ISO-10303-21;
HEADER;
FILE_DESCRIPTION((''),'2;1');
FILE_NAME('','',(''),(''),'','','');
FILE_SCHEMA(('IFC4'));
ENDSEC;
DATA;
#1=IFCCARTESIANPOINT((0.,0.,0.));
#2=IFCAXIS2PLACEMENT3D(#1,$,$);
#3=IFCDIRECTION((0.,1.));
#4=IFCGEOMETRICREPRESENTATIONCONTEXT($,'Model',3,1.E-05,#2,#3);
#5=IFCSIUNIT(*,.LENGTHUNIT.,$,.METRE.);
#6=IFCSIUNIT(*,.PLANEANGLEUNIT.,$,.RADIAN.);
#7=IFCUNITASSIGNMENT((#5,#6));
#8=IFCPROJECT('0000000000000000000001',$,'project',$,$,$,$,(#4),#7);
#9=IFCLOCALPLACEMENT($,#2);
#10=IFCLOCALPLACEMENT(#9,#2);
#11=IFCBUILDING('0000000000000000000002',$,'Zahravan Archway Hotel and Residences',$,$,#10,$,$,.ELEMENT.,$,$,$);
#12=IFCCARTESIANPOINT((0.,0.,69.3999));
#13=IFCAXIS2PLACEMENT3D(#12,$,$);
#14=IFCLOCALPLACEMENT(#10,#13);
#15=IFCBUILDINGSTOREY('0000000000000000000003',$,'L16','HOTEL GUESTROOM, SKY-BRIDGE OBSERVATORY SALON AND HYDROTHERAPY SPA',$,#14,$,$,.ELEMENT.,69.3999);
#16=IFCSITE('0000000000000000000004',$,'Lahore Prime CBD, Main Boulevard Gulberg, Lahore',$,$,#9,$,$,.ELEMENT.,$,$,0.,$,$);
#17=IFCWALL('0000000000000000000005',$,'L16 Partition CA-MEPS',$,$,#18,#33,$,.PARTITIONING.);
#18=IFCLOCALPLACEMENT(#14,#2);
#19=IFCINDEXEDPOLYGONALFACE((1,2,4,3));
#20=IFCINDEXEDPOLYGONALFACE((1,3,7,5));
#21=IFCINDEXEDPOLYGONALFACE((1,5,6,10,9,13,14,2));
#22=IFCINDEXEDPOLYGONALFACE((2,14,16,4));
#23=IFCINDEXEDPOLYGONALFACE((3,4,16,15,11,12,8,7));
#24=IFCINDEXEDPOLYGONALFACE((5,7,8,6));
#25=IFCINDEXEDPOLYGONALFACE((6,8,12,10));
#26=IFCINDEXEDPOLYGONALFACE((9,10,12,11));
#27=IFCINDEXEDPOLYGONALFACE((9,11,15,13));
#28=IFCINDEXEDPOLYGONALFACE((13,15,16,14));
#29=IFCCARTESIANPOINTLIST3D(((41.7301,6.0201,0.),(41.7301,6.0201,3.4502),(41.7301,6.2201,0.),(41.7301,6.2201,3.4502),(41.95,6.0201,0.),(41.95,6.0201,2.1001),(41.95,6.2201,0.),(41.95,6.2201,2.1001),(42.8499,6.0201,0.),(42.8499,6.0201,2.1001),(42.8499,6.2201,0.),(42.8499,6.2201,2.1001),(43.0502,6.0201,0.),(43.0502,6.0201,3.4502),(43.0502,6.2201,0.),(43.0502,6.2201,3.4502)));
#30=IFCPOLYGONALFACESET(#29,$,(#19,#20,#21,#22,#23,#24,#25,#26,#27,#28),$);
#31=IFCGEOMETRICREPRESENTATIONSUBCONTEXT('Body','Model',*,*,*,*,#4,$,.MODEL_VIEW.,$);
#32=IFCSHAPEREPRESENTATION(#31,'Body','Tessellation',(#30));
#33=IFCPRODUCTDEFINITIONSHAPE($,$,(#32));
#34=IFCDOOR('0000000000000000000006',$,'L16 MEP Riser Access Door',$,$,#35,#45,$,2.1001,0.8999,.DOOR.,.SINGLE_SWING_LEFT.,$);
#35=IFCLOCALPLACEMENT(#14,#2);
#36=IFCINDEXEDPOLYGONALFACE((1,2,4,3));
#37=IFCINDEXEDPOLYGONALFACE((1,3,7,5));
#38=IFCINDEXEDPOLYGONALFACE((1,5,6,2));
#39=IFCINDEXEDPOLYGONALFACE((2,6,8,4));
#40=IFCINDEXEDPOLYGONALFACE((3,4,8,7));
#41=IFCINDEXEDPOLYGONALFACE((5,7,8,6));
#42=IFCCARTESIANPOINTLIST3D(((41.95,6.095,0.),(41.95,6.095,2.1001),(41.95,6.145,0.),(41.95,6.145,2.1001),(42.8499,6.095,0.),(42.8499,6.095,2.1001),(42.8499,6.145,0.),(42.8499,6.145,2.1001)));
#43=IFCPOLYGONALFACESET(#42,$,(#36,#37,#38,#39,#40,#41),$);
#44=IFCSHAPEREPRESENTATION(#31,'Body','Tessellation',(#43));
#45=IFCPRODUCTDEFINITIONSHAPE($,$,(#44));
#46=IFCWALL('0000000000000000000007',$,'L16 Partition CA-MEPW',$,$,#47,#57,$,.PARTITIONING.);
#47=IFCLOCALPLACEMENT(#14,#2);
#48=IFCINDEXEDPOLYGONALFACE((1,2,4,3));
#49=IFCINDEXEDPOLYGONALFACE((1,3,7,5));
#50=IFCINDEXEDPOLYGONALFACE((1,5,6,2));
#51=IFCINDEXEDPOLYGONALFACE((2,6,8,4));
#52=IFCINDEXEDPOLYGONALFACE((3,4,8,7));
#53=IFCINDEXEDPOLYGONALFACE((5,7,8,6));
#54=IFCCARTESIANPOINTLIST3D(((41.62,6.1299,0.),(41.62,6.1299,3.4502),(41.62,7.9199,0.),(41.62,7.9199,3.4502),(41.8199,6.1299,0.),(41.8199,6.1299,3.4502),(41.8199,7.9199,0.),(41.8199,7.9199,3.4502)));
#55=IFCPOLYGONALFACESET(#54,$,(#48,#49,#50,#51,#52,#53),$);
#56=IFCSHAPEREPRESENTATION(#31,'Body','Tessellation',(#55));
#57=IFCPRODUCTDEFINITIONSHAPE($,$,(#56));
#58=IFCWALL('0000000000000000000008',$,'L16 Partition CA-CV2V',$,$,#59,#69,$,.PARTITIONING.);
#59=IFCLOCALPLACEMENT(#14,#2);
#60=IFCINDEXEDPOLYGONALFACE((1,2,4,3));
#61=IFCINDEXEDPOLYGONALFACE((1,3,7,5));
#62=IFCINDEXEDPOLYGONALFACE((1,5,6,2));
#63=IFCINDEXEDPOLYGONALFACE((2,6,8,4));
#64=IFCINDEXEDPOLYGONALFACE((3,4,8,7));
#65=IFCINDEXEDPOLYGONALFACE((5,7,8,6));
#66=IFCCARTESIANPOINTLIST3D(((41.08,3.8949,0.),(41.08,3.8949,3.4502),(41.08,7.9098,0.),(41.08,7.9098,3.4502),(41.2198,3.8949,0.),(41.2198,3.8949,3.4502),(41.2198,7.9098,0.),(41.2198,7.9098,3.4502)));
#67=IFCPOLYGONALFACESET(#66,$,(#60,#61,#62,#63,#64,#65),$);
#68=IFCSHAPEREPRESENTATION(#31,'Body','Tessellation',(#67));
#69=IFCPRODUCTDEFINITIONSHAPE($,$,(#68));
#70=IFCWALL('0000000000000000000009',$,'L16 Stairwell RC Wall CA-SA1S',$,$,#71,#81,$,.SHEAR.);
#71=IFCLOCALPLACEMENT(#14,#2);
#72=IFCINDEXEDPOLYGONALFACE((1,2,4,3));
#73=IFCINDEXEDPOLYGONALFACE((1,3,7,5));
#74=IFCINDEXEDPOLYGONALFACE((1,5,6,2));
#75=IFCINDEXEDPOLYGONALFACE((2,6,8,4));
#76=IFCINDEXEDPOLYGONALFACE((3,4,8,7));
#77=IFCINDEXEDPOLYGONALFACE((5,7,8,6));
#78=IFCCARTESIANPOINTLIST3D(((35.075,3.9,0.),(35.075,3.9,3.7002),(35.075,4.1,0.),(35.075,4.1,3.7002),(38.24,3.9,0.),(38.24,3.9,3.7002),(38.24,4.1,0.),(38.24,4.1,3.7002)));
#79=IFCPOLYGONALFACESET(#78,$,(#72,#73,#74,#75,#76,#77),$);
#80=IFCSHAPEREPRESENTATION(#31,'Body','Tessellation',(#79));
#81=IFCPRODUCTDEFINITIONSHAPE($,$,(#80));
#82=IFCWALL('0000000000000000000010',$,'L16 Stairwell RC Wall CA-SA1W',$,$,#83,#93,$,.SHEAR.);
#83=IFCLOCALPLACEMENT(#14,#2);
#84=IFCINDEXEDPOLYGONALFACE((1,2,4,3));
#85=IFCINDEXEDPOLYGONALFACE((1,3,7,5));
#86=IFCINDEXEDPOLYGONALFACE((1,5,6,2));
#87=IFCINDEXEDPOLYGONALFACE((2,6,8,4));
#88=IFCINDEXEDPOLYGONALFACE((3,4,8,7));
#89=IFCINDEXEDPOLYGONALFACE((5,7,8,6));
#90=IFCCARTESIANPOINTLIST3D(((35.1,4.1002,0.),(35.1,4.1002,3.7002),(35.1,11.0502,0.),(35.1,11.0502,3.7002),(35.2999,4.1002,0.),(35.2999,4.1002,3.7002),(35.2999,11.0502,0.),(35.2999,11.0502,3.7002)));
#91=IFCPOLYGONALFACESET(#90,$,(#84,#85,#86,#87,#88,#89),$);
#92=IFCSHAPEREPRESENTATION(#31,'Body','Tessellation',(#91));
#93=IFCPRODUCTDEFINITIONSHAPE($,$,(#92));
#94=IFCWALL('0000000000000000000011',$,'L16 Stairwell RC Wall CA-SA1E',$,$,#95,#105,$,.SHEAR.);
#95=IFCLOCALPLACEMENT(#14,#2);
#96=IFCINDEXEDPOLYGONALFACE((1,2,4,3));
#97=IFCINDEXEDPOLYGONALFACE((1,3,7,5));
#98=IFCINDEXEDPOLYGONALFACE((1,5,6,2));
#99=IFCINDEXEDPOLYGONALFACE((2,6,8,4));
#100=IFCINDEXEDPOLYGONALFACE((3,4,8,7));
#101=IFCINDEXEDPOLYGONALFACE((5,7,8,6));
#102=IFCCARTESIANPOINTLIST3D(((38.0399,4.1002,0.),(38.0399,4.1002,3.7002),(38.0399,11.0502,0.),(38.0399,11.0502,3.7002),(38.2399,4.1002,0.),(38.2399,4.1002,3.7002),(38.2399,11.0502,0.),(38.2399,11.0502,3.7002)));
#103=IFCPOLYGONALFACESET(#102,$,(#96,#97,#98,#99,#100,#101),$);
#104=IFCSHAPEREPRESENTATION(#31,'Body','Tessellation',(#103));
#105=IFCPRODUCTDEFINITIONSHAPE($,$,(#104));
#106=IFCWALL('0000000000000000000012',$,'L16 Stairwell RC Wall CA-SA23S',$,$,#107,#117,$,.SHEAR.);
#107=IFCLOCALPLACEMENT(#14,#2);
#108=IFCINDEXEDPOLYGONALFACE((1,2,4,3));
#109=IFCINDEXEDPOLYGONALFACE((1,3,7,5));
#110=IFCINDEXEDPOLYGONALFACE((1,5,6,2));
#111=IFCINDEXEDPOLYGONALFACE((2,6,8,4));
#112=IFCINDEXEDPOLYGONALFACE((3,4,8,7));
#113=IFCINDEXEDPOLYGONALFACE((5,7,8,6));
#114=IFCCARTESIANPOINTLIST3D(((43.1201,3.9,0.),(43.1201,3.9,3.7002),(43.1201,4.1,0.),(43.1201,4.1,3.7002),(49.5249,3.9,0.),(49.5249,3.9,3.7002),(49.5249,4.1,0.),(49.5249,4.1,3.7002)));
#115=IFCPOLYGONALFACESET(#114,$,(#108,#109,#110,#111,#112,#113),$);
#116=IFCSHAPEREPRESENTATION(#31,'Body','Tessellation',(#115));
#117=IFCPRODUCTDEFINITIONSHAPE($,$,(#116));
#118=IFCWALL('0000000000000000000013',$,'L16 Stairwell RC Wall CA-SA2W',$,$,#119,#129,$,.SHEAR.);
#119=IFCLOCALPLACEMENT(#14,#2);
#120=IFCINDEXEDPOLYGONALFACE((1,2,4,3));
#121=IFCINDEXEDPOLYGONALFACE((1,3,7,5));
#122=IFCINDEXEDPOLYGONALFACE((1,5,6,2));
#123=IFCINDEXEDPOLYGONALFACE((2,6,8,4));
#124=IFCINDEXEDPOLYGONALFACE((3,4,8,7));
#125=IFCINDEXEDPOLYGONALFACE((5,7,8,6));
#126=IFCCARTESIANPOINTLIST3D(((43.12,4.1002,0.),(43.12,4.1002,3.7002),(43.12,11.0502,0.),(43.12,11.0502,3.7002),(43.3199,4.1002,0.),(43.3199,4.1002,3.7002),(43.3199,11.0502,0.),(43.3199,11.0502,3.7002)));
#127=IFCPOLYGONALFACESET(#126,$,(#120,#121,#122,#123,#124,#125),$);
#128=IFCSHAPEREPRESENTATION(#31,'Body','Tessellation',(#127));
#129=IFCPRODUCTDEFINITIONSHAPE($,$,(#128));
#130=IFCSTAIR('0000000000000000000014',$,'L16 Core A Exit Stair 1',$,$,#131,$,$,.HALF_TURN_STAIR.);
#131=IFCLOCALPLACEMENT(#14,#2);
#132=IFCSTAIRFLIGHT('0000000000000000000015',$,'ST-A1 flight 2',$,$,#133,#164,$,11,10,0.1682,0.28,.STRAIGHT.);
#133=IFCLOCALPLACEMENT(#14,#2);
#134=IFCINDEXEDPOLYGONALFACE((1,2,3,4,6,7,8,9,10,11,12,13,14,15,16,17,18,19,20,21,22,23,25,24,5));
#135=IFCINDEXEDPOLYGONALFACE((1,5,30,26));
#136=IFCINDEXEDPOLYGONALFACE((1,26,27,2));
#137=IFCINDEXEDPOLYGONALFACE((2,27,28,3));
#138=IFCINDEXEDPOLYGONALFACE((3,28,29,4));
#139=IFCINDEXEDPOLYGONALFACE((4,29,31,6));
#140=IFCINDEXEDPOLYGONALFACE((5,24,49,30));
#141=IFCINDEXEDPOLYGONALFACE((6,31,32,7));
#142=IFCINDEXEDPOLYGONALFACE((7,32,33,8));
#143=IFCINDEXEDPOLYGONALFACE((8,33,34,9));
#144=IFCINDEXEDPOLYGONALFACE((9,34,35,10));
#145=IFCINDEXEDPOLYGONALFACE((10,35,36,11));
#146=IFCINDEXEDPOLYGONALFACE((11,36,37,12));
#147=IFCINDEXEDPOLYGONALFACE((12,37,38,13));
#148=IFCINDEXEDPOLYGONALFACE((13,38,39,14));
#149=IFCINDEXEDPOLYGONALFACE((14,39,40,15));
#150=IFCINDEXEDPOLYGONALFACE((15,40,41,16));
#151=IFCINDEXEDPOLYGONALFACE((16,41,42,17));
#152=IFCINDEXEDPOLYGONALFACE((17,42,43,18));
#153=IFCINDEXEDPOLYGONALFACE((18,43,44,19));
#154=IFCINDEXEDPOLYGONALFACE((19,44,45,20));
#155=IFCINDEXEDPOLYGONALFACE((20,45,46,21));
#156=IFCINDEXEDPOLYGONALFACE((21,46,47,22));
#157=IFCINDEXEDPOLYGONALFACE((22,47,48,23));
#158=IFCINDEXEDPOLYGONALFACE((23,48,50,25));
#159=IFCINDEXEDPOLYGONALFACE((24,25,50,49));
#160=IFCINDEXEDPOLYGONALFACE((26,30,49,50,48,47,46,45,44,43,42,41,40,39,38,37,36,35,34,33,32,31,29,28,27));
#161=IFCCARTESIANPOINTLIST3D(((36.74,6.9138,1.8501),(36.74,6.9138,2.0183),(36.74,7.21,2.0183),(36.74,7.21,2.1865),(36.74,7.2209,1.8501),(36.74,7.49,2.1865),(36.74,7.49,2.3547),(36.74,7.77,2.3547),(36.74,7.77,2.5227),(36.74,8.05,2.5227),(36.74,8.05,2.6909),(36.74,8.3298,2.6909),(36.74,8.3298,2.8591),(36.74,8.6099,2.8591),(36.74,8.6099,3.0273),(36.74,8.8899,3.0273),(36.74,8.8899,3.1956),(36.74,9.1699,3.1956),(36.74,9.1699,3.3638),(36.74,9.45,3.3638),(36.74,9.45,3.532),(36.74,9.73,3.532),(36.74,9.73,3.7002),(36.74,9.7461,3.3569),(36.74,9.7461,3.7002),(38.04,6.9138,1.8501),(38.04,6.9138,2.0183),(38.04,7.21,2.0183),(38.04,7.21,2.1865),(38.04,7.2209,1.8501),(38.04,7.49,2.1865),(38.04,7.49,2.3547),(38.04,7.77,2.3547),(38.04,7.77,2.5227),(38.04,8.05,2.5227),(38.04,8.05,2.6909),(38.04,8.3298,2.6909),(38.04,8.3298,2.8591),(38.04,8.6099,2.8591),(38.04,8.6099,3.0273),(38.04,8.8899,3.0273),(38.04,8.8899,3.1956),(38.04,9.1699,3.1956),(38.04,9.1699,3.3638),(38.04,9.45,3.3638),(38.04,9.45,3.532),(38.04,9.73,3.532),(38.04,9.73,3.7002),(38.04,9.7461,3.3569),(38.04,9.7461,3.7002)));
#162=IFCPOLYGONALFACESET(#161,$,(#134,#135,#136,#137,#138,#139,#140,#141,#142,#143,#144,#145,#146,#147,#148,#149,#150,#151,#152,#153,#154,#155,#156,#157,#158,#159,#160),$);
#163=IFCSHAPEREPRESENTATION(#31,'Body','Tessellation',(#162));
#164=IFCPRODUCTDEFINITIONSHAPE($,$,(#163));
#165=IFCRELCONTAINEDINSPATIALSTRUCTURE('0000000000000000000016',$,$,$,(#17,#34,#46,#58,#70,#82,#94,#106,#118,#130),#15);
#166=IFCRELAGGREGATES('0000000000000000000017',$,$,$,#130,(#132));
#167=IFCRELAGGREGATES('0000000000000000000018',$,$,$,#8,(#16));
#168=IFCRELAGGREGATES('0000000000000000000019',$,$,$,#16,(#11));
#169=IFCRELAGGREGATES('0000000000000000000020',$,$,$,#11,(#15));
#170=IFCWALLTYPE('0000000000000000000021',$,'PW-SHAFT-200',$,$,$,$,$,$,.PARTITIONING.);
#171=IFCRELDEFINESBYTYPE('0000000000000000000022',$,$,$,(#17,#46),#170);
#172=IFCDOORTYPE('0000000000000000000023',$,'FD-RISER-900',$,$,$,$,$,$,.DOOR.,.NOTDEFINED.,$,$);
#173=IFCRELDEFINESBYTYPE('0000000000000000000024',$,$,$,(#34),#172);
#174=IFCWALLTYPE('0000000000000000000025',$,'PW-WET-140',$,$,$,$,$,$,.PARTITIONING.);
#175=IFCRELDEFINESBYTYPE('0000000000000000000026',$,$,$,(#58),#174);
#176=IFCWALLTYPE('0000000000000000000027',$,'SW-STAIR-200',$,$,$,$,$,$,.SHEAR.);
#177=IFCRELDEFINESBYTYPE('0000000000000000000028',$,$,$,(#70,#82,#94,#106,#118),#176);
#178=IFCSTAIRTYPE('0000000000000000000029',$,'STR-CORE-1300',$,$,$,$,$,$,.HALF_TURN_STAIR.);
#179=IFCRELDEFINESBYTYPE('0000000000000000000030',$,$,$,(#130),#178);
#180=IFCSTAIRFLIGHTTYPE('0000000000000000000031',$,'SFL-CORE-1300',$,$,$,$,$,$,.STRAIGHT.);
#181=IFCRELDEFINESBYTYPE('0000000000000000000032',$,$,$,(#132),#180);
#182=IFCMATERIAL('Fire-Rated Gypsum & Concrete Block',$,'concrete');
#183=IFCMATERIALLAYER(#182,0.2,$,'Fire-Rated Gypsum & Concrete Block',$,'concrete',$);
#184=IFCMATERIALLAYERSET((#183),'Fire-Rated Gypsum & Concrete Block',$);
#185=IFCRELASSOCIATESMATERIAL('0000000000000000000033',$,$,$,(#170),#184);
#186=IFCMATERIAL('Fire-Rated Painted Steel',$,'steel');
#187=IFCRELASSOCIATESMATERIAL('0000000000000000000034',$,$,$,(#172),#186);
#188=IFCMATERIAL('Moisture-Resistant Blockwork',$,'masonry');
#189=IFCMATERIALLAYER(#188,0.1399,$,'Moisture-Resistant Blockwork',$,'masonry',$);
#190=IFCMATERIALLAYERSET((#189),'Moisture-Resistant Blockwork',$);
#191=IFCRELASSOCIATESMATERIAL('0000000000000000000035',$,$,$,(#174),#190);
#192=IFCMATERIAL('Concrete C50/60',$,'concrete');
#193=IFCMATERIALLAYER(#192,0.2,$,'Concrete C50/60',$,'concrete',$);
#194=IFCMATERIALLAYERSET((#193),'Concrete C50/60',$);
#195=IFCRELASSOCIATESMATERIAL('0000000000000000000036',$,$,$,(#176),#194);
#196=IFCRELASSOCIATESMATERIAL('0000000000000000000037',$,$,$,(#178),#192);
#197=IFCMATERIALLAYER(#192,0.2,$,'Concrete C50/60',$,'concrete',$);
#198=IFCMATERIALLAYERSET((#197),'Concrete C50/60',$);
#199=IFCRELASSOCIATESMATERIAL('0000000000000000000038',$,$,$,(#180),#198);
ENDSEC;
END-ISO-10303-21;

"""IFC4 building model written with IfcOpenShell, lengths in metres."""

from ifc_helpers import new_model, si_unit, direction, frame, frame_2d, origin, place, context, subcontext, project, spatial, polyline, rectangle, outline, extrude, source, transform, mapped, material, layer, layer_set, type_object, type_shapes, element, fill, aggregate, save


model = new_model("IFC4")

# Units and contexts
model_context = context("Model", 3, precision=1e-05, world=origin(), true_north=direction((0.0, 1.0)))
body_context = subcontext(model_context, "Body", "Model", "MODEL_VIEW")
ifc_project = project(units=[si_unit("LENGTHUNIT", "METRE"), si_unit("PLANEANGLEUNIT", "RADIAN")], contexts=[model_context])

# Site, building, storey
site_placement = place(None, origin())
site = spatial("IfcSite", under=ifc_project, at=site_placement, Name="Lahore Prime CBD, Main Boulevard Gulberg, Lahore", CompositionType="ELEMENT", RefElevation=0.0)
building_placement = place(site_placement, origin())
building = spatial("IfcBuilding", under=site, at=building_placement, Name="Zahravan Archway Hotel and Residences", CompositionType="ELEMENT")
storey_placement = place(building_placement, frame((0.0, 0.0, 69.3999)))
storey = spatial("IfcBuildingStorey", under=building, at=storey_placement, Name="L16", Description="HOTEL GUESTROOM, SKY-BRIDGE OBSERVATORY SALON AND HYDROTHERAPY SPA", CompositionType="ELEMENT", Elevation=69.3999)

# Shared definitions
ifc_material_1 = material(Name="Fire-Rated Gypsum & Concrete Block", Category="concrete")
ifc_layer_1 = layer(ifc_material_1, 0.2, Name="Fire-Rated Gypsum & Concrete Block", Category="concrete")
ifc_layer_set_1 = layer_set([ifc_layer_1], Name="Fire-Rated Gypsum & Concrete Block")
wall_type_1 = type_object("IfcWallType", Name="PW-SHAFT-200", PredefinedType="PARTITIONING", material=ifc_layer_set_1)

# Shared definitions
ifc_material_2 = material(Name="Fire-Rated Painted Steel", Category="steel")
door_type = type_object("IfcDoorType", Name="FD-RISER-900", OperationType="NOTDEFINED", PredefinedType="DOOR", material=ifc_material_2)
shared_shape_1 = source(origin(), body_context, "Body", "SweptSolid", [
    extrude(rectangle(XDim=0.8999, YDim=2.1001, at=frame_2d((0.45, 1.05))), frame((0.0, 0.0249, 0.0), z_axis=(0.0, -1.0, 0.0), x_axis=(1.0, 0.0, 0.0)), (0.0, 0.0, 1.0), 0.05),
])
type_shapes(door_type, [shared_shape_1])

# Wall, opening, door
wall_1_placement = place(storey_placement, frame((41.73, 6.1201, 0.0), z_axis=(0.0, 0.0, 1.0), x_axis=(1.0, 0.0, 0.0)))
wall_1 = element("IfcWall", 1, at=wall_1_placement, inside=storey, type_object=wall_type_1, Name="L16 Partition CA-MEPS", PredefinedType="PARTITIONING", context=body_context, shape_type="SweptSolid", body=[
    extrude(rectangle(XDim=1.3201, YDim=0.2, at=frame_2d((0.6602, 0.0))), origin(), (0.0, 0.0, 1.0), 3.4502),
])
opening_1_placement = place(wall_1_placement, frame((0.22, 0.0, 0.0)))
opening_1 = element("IfcOpeningElement", 2, at=opening_1_placement, cuts=wall_1, PredefinedType="OPENING", context=body_context, shape_type="SweptSolid", body=[
    extrude(rectangle(XDim=0.8999, YDim=2.1001, at=frame_2d((0.45, 1.05))), frame((0.0, 0.1099, 0.0), z_axis=(0.0, -1.0, 0.0), x_axis=(1.0, 0.0, 0.0)), (0.0, 0.0, 1.0), 0.22),
])
door_1_placement = place(opening_1_placement, origin())
door_1 = element("IfcDoor", 3, at=door_1_placement, inside=storey, type_object=door_type, Name="L16 MEP Riser Access Door", OperationType="SINGLE_SWING_LEFT", OverallHeight=2.1001, OverallWidth=0.8999, PredefinedType="DOOR", context=body_context, shape_type="MappedRepresentation", body=[
    mapped(shared_shape_1, transform((0.0, 0.0, 0.0), scale=1.0)),
])
fill(opening_1, door_1)

# Walls
wall_2_placement = place(storey_placement, frame((41.72, 6.1299, 0.0), z_axis=(0.0, 0.0, 1.0), x_axis=(0.0, 1.0, 0.0)))
element("IfcWall", 4, at=wall_2_placement, inside=storey, type_object=wall_type_1, Name="L16 Partition CA-MEPW", PredefinedType="PARTITIONING", context=body_context, shape_type="SweptSolid", body=[
    extrude(rectangle(XDim=1.79, YDim=0.2, at=frame_2d((0.895, 0.0))), origin(), (0.0, 0.0, 1.0), 3.4502),
])
ifc_material_3 = material(Name="Moisture-Resistant Blockwork", Category="masonry")
ifc_layer_2 = layer(ifc_material_3, 0.1399, Name="Moisture-Resistant Blockwork", Category="masonry")
ifc_layer_set_2 = layer_set([ifc_layer_2], Name="Moisture-Resistant Blockwork")
wall_type_2 = type_object("IfcWallType", Name="PW-WET-140", PredefinedType="PARTITIONING", material=ifc_layer_set_2)
wall_3_placement = place(storey_placement, frame((41.1499, 3.895, 0.0), z_axis=(0.0, 0.0, 1.0), x_axis=(0.0, 1.0, 0.0)))
element("IfcWall", 5, at=wall_3_placement, inside=storey, type_object=wall_type_2, Name="L16 Partition CA-CV2V", PredefinedType="PARTITIONING", context=body_context, shape_type="SweptSolid", body=[
    extrude(rectangle(XDim=4.0149, YDim=0.1399, at=frame_2d((2.0073, 0.0))), origin(), (0.0, 0.0, 1.0), 3.4502),
])
ifc_material_4 = material(Name="Concrete C50/60", Category="concrete")
ifc_layer_3 = layer(ifc_material_4, 0.2, Name="Concrete C50/60", Category="concrete")
ifc_layer_set_3 = layer_set([ifc_layer_3], Name="Concrete C50/60")
wall_type_3 = type_object("IfcWallType", Name="SW-STAIR-200", PredefinedType="SHEAR", material=ifc_layer_set_3)
wall_4_placement = place(storey_placement, frame((35.075, 4.0, 0.0), z_axis=(0.0, 0.0, 1.0), x_axis=(1.0, 0.0, 0.0)))
element("IfcWall", 6, at=wall_4_placement, inside=storey, type_object=wall_type_3, Name="L16 Stairwell RC Wall CA-SA1S", PredefinedType="SHEAR", context=body_context, shape_type="SweptSolid", body=[
    extrude(rectangle(XDim=3.165, YDim=0.2, at=frame_2d((1.5825, 0.0))), origin(), (0.0, 0.0, 1.0), 3.7002),
])
for number, where, z_axis, x_axis, name in (
    (7, (35.2, 4.1001, 0.0), (0.0, 0.0, 1.0), (0.0, 1.0, 0.0), "L16 Stairwell RC Wall CA-SA1W"),
    (8, (38.1399, 4.1001, 0.0), (0.0, 0.0, 1.0), (0.0, 1.0, 0.0), "L16 Stairwell RC Wall CA-SA1E"),
):
    element("IfcWall", number, at=place(storey_placement, frame(where, z_axis=z_axis, x_axis=x_axis)), inside=storey, type_object=wall_type_3, Name=name, PredefinedType="SHEAR", context=body_context, shape_type="SweptSolid", body=[
        extrude(rectangle(XDim=6.95, YDim=0.2, at=frame_2d((3.4751, 0.0))), origin(), (0.0, 0.0, 1.0), 3.7002),
    ])
wall_5_placement = place(storey_placement, frame((43.1201, 4.0, 0.0), z_axis=(0.0, 0.0, 1.0), x_axis=(1.0, 0.0, 0.0)))
element("IfcWall", 9, at=wall_5_placement, inside=storey, type_object=wall_type_3, Name="L16 Stairwell RC Wall CA-SA23S", PredefinedType="SHEAR", context=body_context, shape_type="SweptSolid", body=[
    extrude(rectangle(XDim=6.4048, YDim=0.2, at=frame_2d((3.2024, 0.0))), origin(), (0.0, 0.0, 1.0), 3.7002),
])
wall_6_placement = place(storey_placement, frame((43.22, 4.1001, 0.0), z_axis=(0.0, 0.0, 1.0), x_axis=(0.0, 1.0, 0.0)))
element("IfcWall", 10, at=wall_6_placement, inside=storey, type_object=wall_type_3, Name="L16 Stairwell RC Wall CA-SA2W", PredefinedType="SHEAR", context=body_context, shape_type="SweptSolid", body=[
    extrude(rectangle(XDim=6.95, YDim=0.2, at=frame_2d((3.4751, 0.0))), origin(), (0.0, 0.0, 1.0), 3.7002),
])

# Stair, stair flight
stair_type = type_object("IfcStairType", Name="STR-CORE-1300", PredefinedType="HALF_TURN_STAIR", material=ifc_material_4)
stair_placement = place(storey_placement, origin())
stair = element("IfcStair", 11, at=stair_placement, inside=storey, type_object=stair_type, Name="L16 Core A Exit Stair 1", PredefinedType="HALF_TURN_STAIR")
ifc_layer_4 = layer(ifc_material_4, 0.2, Name="Concrete C50/60", Category="concrete")
ifc_layer_set_4 = layer_set([ifc_layer_4], Name="Concrete C50/60")
stair_flight_type = type_object("IfcStairFlightType", Name="SFL-CORE-1300", PredefinedType="STRAIGHT", material=ifc_layer_set_4)
shared_shape_2 = source(origin(), body_context, "Body", "SweptSolid", [
    extrude(outline(polyline([(-0.0161, 0.0), (-0.0161, 0.1682), (0.28, 0.1682), (0.28, 0.3364), (0.5601, 0.3364), (0.5601, 0.5046), (0.8401, 0.5046), (0.8401, 0.6726), (1.1201, 0.6726), (1.1201, 0.8408), (1.3999, 0.8408), (1.3999, 1.009), (1.6799, 1.009), (1.6799, 1.1772), (1.96, 1.1772), (1.96, 1.3455), (2.24, 1.3455), (2.24, 1.5137), (2.52, 1.5137), (2.52, 1.6819), (2.8, 1.6819), (2.8, 1.8501), (2.8162, 1.8501), (2.8162, 1.5068), (0.291, 0.0), (-0.0161, 0.0)])), frame((0.0, 0.6499, 0.0), z_axis=(0.0, -1.0, 0.0), x_axis=(1.0, 0.0, 0.0)), (0.0, 0.0, 1.0), 1.3),
])
stair_flight_placement = place(storey_placement, frame((37.3899, 6.9299, 1.8501), z_axis=(0.0, 0.0, 1.0), x_axis=(0.0, 1.0, 0.0)))
stair_flight = element("IfcStairFlight", 12, at=stair_flight_placement, type_object=stair_flight_type, Name="ST-A1 flight 2", NumberOfRisers=11, NumberOfTreads=10, PredefinedType="STRAIGHT", RiserHeight=0.1682, TreadLength=0.28, context=body_context, shape_type="MappedRepresentation", body=[
    mapped(shared_shape_2, transform((0.0, 0.0, 0.0), scale=1.0)),
])
aggregate(stair, [stair_flight])

save(model, "model.ifc")
